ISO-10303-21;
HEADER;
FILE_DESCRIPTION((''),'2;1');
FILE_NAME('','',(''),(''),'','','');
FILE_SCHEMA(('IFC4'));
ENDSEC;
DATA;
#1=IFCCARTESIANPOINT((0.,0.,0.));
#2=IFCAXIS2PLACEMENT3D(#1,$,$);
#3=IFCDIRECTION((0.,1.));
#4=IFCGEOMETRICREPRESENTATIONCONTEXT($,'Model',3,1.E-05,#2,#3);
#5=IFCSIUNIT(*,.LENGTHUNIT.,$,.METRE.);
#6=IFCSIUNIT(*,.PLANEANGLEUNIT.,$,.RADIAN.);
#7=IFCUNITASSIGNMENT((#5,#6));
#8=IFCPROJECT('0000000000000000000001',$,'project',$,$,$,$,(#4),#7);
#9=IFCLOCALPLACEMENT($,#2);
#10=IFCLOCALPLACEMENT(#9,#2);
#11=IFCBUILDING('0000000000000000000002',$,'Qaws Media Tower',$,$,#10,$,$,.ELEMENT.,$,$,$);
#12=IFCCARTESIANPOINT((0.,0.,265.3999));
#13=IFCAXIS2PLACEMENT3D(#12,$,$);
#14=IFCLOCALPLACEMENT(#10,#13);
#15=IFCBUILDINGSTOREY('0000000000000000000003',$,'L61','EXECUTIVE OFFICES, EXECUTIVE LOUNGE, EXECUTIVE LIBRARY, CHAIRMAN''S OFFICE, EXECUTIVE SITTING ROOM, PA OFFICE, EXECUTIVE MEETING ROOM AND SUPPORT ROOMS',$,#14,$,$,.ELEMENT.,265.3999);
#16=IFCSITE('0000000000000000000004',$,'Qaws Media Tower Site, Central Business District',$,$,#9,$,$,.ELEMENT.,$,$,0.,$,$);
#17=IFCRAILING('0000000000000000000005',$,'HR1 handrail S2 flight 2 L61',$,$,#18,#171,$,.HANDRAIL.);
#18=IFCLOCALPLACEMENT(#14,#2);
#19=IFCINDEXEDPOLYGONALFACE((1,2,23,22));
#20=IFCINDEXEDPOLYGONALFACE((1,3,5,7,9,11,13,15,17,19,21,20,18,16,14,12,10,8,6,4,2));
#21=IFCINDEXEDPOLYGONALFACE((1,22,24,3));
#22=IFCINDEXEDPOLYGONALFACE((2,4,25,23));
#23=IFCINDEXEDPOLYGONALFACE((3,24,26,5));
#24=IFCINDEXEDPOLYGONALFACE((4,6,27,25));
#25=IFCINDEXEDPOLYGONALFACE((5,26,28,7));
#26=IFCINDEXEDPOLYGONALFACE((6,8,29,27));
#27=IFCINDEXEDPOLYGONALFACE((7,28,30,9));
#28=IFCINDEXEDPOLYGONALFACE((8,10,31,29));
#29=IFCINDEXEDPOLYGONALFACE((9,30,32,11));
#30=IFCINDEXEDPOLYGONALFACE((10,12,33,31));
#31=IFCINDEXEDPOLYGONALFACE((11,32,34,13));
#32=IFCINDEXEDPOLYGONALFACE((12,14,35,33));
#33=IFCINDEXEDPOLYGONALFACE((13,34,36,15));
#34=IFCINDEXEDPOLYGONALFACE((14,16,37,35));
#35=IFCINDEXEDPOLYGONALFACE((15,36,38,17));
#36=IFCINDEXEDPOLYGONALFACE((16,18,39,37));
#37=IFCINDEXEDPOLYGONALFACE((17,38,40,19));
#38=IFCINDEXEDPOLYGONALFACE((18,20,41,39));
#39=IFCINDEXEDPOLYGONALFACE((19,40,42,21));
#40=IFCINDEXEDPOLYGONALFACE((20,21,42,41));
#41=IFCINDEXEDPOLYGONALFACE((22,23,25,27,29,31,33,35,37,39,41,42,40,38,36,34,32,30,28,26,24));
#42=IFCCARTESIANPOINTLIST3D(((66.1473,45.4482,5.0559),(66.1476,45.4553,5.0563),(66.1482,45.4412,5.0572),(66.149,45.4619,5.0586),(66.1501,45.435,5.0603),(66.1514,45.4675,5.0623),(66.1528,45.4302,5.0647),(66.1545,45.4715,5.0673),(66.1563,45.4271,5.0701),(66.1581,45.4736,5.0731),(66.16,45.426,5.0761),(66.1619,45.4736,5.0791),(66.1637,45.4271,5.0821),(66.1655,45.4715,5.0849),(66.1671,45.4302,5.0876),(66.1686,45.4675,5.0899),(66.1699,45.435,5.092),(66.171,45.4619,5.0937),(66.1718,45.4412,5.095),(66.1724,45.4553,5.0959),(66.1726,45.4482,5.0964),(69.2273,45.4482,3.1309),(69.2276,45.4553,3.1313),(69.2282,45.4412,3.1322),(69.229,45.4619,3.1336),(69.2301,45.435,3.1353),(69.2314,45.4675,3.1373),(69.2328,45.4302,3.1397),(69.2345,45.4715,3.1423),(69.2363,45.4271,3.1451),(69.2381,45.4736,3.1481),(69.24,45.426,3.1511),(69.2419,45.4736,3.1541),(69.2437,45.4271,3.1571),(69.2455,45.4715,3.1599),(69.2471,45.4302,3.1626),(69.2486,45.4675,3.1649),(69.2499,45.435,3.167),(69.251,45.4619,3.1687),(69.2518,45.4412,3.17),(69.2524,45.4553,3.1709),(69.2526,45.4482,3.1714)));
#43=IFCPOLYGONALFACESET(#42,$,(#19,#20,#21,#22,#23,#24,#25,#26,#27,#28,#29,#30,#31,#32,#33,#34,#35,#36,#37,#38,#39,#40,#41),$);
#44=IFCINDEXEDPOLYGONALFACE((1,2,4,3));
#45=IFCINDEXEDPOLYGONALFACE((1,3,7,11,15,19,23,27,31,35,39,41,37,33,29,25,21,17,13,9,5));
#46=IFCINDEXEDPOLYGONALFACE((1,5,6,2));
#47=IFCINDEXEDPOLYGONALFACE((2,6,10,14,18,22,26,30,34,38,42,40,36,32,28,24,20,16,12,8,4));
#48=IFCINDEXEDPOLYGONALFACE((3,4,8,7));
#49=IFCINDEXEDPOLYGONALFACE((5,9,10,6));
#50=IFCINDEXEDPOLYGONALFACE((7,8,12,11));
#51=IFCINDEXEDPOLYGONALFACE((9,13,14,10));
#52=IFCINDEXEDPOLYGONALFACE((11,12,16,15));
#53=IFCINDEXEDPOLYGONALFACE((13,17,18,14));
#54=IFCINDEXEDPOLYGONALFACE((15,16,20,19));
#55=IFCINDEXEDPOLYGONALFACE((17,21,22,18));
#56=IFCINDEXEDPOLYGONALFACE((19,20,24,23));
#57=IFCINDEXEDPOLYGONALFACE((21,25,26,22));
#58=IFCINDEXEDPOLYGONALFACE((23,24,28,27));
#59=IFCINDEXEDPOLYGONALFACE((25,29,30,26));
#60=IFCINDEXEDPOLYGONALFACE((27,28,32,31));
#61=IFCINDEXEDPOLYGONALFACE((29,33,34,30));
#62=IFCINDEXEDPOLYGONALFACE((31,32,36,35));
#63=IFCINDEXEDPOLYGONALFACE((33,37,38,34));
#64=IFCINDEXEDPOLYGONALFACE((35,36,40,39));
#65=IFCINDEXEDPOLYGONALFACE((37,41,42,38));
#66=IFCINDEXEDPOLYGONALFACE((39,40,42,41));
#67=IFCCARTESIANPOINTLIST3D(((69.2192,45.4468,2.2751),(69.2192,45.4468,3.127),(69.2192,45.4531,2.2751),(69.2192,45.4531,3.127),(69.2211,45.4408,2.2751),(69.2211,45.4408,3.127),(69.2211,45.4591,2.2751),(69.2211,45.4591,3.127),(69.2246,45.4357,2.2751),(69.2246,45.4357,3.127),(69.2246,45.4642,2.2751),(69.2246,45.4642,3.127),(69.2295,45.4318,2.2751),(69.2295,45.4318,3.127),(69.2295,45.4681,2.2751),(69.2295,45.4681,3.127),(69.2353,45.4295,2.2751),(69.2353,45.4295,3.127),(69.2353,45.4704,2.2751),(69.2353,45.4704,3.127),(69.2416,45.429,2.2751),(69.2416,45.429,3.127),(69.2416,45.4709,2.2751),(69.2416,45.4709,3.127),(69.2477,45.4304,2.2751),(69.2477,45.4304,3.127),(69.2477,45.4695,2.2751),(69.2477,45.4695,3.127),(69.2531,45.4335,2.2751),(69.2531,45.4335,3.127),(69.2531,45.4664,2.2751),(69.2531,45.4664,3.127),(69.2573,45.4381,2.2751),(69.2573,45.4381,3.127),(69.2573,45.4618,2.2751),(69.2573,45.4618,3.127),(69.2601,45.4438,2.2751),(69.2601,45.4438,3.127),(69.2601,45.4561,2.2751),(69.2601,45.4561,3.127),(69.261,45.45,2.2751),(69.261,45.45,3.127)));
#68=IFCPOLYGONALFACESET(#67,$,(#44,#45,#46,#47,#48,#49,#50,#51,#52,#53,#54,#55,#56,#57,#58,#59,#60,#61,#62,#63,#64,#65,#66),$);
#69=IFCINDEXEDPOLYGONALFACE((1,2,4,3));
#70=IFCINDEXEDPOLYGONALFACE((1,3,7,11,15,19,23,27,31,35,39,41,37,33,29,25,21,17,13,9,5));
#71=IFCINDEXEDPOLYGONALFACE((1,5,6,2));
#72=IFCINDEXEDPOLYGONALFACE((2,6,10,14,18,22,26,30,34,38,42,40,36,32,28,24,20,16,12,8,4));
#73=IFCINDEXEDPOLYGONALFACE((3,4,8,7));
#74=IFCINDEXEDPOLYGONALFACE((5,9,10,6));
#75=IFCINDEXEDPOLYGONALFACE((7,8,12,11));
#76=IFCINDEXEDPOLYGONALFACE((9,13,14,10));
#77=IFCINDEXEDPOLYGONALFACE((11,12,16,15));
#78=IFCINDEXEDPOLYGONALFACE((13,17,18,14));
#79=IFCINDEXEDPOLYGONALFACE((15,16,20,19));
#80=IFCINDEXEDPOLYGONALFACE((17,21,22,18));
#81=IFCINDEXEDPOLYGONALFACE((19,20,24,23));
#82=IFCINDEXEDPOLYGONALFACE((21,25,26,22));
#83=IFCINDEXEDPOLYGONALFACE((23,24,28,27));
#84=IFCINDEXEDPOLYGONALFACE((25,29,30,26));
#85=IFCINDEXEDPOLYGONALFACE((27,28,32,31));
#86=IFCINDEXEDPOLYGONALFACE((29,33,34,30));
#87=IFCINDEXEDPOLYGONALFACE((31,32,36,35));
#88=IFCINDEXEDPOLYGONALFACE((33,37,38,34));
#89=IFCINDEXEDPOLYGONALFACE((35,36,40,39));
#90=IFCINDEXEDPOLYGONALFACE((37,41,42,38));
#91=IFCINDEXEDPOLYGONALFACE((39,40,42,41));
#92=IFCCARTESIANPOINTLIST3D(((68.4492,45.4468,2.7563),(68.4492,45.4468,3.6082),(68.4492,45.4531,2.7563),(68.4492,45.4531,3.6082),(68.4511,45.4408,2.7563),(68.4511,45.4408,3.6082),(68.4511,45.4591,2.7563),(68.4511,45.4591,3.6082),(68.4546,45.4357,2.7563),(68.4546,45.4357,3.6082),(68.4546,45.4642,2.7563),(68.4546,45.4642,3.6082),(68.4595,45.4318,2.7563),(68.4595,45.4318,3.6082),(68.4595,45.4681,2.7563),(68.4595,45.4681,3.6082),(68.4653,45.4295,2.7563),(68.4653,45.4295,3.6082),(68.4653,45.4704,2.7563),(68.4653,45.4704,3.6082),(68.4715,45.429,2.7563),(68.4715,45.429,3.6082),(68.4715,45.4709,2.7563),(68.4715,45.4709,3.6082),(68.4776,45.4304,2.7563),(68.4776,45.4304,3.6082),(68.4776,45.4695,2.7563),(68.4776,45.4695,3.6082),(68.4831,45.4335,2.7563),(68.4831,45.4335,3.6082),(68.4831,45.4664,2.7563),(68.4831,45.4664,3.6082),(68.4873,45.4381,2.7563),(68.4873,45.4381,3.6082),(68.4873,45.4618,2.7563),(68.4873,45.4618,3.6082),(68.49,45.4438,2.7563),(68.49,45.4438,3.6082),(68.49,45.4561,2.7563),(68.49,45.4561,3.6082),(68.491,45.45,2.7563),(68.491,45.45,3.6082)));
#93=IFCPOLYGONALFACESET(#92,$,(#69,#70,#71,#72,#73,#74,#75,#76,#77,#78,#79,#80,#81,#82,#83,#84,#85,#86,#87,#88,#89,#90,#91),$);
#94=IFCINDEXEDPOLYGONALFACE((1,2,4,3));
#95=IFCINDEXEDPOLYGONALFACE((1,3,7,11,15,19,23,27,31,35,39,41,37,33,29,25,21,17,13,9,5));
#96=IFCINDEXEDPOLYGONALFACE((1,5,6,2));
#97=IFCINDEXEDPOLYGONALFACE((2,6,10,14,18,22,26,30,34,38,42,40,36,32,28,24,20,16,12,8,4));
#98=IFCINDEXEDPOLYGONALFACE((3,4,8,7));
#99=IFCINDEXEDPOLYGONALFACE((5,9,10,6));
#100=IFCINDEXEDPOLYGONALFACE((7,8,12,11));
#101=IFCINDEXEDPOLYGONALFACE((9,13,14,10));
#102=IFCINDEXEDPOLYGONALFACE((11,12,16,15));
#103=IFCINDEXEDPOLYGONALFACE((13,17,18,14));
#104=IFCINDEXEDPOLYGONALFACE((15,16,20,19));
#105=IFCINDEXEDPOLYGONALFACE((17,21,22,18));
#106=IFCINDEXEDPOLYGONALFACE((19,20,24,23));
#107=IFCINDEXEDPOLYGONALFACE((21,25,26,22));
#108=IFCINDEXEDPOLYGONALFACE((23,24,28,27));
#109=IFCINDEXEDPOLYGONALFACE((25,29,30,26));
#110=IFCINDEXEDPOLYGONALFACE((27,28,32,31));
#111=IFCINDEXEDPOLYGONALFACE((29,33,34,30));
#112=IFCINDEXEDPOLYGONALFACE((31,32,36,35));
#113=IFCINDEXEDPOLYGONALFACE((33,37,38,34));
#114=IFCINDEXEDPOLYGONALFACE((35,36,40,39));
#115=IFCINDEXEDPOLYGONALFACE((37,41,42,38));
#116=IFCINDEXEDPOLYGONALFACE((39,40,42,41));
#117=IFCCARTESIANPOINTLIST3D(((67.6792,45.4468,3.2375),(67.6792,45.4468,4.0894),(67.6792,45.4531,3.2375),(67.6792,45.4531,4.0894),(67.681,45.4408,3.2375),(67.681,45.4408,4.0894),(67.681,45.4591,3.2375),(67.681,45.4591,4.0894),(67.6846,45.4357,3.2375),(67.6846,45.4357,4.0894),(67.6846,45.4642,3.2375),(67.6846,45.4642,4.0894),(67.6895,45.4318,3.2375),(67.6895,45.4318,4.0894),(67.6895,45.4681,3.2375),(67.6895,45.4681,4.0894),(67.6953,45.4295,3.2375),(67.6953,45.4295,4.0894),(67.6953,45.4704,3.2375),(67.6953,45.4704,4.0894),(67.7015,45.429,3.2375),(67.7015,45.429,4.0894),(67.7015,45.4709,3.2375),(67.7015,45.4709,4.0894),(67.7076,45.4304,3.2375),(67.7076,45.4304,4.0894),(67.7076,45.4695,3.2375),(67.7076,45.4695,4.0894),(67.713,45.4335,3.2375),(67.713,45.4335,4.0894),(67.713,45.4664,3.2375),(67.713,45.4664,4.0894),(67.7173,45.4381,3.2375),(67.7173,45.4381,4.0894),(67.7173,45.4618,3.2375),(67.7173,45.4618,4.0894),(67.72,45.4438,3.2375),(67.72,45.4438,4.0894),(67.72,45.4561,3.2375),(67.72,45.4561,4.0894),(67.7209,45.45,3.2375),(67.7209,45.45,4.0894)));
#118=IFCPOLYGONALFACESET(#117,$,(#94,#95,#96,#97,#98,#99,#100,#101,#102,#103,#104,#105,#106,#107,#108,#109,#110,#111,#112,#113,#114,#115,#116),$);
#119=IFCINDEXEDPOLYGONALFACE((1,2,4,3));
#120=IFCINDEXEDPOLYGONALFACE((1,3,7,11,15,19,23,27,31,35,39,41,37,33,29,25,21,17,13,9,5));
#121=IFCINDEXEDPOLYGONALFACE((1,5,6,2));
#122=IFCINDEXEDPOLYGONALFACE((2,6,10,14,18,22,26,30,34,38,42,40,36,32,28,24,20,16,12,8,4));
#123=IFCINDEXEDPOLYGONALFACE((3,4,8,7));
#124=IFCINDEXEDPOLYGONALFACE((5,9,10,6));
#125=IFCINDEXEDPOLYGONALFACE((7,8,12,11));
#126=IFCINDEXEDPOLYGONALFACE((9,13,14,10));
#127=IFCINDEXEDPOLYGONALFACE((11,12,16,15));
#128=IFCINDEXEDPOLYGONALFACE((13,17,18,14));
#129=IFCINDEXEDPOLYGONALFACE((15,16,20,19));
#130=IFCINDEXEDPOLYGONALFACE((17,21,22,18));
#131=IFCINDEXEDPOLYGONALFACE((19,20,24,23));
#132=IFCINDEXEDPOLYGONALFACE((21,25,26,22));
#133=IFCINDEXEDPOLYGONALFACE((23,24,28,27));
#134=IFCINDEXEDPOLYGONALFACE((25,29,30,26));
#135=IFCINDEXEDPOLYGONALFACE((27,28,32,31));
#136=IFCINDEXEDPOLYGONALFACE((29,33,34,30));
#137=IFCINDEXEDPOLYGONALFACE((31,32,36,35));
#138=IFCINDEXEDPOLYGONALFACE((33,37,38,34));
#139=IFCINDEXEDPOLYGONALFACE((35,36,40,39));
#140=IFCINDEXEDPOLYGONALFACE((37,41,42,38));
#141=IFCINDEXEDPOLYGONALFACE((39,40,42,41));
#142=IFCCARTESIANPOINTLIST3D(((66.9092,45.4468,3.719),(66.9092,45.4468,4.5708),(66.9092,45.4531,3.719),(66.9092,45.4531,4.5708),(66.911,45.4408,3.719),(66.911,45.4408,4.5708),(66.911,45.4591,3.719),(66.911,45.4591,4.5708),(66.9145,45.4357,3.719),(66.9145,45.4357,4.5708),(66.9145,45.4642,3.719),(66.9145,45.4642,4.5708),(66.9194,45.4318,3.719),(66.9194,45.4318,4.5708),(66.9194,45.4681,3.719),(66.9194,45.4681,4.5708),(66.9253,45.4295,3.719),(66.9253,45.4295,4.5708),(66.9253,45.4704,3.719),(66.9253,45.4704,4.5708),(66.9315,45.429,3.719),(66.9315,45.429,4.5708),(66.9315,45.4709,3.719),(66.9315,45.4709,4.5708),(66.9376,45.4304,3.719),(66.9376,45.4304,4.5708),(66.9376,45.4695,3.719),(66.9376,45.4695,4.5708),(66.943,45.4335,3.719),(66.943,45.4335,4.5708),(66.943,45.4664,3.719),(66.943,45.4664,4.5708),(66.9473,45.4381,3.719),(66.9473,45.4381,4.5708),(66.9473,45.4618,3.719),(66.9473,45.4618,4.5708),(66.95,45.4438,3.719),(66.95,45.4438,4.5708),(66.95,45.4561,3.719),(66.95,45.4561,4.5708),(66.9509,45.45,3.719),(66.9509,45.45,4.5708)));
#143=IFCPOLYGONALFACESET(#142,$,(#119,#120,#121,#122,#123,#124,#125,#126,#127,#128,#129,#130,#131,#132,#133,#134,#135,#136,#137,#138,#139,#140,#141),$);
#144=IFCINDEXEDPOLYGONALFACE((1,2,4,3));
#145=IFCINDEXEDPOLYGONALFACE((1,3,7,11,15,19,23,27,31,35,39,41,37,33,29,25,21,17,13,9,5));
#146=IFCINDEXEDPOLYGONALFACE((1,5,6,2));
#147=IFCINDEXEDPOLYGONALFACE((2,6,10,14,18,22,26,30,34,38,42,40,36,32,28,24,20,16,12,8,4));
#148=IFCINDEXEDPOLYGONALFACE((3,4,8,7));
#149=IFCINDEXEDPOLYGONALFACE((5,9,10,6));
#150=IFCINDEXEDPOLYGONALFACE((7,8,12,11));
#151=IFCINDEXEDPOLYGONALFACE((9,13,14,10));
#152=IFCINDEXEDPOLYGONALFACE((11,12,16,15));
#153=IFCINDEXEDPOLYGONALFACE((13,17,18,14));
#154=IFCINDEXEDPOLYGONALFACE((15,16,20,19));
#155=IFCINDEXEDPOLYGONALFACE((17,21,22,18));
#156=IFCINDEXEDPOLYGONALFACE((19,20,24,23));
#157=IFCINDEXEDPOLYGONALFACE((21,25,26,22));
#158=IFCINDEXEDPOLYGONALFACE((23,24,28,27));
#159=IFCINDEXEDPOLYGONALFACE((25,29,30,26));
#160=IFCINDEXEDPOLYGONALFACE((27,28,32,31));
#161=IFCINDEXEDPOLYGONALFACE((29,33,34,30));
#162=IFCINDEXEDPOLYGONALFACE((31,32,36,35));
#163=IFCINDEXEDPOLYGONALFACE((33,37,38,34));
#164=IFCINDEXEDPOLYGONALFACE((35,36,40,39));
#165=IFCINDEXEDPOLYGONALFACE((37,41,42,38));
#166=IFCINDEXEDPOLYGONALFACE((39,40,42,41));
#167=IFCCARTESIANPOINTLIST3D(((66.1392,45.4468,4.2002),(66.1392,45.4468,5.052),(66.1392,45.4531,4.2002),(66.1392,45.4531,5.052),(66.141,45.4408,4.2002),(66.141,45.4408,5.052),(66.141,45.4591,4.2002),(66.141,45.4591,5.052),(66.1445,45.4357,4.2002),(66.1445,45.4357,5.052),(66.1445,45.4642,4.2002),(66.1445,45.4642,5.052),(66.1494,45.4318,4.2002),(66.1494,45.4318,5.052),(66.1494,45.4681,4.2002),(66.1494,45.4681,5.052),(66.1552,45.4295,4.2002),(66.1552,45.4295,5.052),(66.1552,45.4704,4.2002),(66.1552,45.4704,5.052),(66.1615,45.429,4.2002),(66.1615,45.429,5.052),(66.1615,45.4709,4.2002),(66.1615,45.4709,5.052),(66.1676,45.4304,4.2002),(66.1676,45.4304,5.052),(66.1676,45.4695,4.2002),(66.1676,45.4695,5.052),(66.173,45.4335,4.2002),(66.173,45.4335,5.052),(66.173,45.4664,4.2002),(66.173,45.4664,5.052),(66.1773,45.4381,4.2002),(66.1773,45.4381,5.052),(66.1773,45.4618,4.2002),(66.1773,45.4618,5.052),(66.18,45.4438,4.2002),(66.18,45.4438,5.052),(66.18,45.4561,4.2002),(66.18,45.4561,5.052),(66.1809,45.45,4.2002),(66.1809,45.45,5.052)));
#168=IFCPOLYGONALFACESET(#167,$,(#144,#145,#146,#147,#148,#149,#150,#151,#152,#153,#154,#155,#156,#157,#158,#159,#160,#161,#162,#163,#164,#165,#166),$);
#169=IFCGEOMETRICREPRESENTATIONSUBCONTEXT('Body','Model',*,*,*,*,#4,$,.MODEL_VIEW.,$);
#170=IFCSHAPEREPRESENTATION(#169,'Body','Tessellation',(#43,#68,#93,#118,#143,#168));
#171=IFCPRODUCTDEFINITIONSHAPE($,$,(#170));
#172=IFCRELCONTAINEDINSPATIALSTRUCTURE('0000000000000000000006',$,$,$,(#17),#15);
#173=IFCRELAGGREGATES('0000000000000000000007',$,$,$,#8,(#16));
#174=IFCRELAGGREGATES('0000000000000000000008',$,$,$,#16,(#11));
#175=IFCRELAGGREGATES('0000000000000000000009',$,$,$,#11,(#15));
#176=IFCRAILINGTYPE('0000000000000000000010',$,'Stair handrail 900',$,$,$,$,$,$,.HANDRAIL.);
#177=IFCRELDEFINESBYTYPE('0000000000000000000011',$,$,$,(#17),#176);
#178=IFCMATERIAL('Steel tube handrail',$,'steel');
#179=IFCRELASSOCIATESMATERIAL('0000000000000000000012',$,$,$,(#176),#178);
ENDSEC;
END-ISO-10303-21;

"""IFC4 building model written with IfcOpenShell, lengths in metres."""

from ifc_helpers import new_model, si_unit, direction, frame, origin, origin_2d, place, context, subcontext, project, spatial, circle, extrude, material, type_object, element, save


model = new_model("IFC4")

# Units and contexts
model_context = context("Model", 3, precision=1e-05, world=origin(), true_north=direction((0.0, 1.0)))
body_context = subcontext(model_context, "Body", "Model", "MODEL_VIEW")
ifc_project = project(units=[si_unit("LENGTHUNIT", "METRE"), si_unit("PLANEANGLEUNIT", "RADIAN")], contexts=[model_context])

# Site, building, storey
site_placement = place(None, origin())
site = spatial("IfcSite", under=ifc_project, at=site_placement, Name="Qaws Media Tower Site, Central Business District", CompositionType="ELEMENT", RefElevation=0.0)
building_placement = place(site_placement, origin())
building = spatial("IfcBuilding", under=site, at=building_placement, Name="Qaws Media Tower", CompositionType="ELEMENT")
storey_placement = place(building_placement, frame((0.0, 0.0, 265.3999)))
storey = spatial("IfcBuildingStorey", under=building, at=storey_placement, Name="L61", Description="EXECUTIVE OFFICES, EXECUTIVE LOUNGE, EXECUTIVE LIBRARY, CHAIRMAN'S OFFICE, EXECUTIVE SITTING ROOM, PA OFFICE, EXECUTIVE MEETING ROOM AND SUPPORT ROOMS", CompositionType="ELEMENT", Elevation=265.3999)

# Railing
ifc_material_1 = material(Name="Steel tube handrail", Category="steel")
railing_type = type_object("IfcRailingType", Name="Stair handrail 900", PredefinedType="HANDRAIL", material=ifc_material_1)
for number, where, name in (
    (1, (69.24, 45.45, 2.2751), "HR1 handrail S2 flight 2 L61"),
):
    element("IfcRailing", number, at=place(storey_placement, frame(where)), inside=storey, type_object=railing_type, Name=name, PredefinedType="HANDRAIL", context=body_context, shape_type="SweptSolid", body=[
        extrude(circle(Radius=0.0239, at=origin_2d()), frame((0.0, 0.0, 0.876), z_axis=(-0.847998, 0.0, 0.529999), x_axis=(0.0, -1.0, 0.0)), (0.0, 0.0, 1.0), 3.6321),
        extrude(circle(Radius=0.021, at=origin_2d()), origin(), (0.0, 0.0, 1.0), 0.8518),
        extrude(circle(Radius=0.021, at=origin_2d()), frame((-0.77, 0.0, 0.4812)), (0.0, 0.0, 1.0), 0.8518),
        extrude(circle(Radius=0.021, at=origin_2d()), frame((-1.54, 0.0, 0.9624)), (0.0, 0.0, 1.0), 0.8518),
        extrude(circle(Radius=0.021, at=origin_2d()), frame((-2.3101, 0.0, 1.4438)), (0.0, 0.0, 1.0), 0.8518),
        extrude(circle(Radius=0.021, at=origin_2d()), frame((-3.0801, 0.0, 1.925)), (0.0, 0.0, 1.0), 0.8518),
    ])

save(model, "model.ifc")
